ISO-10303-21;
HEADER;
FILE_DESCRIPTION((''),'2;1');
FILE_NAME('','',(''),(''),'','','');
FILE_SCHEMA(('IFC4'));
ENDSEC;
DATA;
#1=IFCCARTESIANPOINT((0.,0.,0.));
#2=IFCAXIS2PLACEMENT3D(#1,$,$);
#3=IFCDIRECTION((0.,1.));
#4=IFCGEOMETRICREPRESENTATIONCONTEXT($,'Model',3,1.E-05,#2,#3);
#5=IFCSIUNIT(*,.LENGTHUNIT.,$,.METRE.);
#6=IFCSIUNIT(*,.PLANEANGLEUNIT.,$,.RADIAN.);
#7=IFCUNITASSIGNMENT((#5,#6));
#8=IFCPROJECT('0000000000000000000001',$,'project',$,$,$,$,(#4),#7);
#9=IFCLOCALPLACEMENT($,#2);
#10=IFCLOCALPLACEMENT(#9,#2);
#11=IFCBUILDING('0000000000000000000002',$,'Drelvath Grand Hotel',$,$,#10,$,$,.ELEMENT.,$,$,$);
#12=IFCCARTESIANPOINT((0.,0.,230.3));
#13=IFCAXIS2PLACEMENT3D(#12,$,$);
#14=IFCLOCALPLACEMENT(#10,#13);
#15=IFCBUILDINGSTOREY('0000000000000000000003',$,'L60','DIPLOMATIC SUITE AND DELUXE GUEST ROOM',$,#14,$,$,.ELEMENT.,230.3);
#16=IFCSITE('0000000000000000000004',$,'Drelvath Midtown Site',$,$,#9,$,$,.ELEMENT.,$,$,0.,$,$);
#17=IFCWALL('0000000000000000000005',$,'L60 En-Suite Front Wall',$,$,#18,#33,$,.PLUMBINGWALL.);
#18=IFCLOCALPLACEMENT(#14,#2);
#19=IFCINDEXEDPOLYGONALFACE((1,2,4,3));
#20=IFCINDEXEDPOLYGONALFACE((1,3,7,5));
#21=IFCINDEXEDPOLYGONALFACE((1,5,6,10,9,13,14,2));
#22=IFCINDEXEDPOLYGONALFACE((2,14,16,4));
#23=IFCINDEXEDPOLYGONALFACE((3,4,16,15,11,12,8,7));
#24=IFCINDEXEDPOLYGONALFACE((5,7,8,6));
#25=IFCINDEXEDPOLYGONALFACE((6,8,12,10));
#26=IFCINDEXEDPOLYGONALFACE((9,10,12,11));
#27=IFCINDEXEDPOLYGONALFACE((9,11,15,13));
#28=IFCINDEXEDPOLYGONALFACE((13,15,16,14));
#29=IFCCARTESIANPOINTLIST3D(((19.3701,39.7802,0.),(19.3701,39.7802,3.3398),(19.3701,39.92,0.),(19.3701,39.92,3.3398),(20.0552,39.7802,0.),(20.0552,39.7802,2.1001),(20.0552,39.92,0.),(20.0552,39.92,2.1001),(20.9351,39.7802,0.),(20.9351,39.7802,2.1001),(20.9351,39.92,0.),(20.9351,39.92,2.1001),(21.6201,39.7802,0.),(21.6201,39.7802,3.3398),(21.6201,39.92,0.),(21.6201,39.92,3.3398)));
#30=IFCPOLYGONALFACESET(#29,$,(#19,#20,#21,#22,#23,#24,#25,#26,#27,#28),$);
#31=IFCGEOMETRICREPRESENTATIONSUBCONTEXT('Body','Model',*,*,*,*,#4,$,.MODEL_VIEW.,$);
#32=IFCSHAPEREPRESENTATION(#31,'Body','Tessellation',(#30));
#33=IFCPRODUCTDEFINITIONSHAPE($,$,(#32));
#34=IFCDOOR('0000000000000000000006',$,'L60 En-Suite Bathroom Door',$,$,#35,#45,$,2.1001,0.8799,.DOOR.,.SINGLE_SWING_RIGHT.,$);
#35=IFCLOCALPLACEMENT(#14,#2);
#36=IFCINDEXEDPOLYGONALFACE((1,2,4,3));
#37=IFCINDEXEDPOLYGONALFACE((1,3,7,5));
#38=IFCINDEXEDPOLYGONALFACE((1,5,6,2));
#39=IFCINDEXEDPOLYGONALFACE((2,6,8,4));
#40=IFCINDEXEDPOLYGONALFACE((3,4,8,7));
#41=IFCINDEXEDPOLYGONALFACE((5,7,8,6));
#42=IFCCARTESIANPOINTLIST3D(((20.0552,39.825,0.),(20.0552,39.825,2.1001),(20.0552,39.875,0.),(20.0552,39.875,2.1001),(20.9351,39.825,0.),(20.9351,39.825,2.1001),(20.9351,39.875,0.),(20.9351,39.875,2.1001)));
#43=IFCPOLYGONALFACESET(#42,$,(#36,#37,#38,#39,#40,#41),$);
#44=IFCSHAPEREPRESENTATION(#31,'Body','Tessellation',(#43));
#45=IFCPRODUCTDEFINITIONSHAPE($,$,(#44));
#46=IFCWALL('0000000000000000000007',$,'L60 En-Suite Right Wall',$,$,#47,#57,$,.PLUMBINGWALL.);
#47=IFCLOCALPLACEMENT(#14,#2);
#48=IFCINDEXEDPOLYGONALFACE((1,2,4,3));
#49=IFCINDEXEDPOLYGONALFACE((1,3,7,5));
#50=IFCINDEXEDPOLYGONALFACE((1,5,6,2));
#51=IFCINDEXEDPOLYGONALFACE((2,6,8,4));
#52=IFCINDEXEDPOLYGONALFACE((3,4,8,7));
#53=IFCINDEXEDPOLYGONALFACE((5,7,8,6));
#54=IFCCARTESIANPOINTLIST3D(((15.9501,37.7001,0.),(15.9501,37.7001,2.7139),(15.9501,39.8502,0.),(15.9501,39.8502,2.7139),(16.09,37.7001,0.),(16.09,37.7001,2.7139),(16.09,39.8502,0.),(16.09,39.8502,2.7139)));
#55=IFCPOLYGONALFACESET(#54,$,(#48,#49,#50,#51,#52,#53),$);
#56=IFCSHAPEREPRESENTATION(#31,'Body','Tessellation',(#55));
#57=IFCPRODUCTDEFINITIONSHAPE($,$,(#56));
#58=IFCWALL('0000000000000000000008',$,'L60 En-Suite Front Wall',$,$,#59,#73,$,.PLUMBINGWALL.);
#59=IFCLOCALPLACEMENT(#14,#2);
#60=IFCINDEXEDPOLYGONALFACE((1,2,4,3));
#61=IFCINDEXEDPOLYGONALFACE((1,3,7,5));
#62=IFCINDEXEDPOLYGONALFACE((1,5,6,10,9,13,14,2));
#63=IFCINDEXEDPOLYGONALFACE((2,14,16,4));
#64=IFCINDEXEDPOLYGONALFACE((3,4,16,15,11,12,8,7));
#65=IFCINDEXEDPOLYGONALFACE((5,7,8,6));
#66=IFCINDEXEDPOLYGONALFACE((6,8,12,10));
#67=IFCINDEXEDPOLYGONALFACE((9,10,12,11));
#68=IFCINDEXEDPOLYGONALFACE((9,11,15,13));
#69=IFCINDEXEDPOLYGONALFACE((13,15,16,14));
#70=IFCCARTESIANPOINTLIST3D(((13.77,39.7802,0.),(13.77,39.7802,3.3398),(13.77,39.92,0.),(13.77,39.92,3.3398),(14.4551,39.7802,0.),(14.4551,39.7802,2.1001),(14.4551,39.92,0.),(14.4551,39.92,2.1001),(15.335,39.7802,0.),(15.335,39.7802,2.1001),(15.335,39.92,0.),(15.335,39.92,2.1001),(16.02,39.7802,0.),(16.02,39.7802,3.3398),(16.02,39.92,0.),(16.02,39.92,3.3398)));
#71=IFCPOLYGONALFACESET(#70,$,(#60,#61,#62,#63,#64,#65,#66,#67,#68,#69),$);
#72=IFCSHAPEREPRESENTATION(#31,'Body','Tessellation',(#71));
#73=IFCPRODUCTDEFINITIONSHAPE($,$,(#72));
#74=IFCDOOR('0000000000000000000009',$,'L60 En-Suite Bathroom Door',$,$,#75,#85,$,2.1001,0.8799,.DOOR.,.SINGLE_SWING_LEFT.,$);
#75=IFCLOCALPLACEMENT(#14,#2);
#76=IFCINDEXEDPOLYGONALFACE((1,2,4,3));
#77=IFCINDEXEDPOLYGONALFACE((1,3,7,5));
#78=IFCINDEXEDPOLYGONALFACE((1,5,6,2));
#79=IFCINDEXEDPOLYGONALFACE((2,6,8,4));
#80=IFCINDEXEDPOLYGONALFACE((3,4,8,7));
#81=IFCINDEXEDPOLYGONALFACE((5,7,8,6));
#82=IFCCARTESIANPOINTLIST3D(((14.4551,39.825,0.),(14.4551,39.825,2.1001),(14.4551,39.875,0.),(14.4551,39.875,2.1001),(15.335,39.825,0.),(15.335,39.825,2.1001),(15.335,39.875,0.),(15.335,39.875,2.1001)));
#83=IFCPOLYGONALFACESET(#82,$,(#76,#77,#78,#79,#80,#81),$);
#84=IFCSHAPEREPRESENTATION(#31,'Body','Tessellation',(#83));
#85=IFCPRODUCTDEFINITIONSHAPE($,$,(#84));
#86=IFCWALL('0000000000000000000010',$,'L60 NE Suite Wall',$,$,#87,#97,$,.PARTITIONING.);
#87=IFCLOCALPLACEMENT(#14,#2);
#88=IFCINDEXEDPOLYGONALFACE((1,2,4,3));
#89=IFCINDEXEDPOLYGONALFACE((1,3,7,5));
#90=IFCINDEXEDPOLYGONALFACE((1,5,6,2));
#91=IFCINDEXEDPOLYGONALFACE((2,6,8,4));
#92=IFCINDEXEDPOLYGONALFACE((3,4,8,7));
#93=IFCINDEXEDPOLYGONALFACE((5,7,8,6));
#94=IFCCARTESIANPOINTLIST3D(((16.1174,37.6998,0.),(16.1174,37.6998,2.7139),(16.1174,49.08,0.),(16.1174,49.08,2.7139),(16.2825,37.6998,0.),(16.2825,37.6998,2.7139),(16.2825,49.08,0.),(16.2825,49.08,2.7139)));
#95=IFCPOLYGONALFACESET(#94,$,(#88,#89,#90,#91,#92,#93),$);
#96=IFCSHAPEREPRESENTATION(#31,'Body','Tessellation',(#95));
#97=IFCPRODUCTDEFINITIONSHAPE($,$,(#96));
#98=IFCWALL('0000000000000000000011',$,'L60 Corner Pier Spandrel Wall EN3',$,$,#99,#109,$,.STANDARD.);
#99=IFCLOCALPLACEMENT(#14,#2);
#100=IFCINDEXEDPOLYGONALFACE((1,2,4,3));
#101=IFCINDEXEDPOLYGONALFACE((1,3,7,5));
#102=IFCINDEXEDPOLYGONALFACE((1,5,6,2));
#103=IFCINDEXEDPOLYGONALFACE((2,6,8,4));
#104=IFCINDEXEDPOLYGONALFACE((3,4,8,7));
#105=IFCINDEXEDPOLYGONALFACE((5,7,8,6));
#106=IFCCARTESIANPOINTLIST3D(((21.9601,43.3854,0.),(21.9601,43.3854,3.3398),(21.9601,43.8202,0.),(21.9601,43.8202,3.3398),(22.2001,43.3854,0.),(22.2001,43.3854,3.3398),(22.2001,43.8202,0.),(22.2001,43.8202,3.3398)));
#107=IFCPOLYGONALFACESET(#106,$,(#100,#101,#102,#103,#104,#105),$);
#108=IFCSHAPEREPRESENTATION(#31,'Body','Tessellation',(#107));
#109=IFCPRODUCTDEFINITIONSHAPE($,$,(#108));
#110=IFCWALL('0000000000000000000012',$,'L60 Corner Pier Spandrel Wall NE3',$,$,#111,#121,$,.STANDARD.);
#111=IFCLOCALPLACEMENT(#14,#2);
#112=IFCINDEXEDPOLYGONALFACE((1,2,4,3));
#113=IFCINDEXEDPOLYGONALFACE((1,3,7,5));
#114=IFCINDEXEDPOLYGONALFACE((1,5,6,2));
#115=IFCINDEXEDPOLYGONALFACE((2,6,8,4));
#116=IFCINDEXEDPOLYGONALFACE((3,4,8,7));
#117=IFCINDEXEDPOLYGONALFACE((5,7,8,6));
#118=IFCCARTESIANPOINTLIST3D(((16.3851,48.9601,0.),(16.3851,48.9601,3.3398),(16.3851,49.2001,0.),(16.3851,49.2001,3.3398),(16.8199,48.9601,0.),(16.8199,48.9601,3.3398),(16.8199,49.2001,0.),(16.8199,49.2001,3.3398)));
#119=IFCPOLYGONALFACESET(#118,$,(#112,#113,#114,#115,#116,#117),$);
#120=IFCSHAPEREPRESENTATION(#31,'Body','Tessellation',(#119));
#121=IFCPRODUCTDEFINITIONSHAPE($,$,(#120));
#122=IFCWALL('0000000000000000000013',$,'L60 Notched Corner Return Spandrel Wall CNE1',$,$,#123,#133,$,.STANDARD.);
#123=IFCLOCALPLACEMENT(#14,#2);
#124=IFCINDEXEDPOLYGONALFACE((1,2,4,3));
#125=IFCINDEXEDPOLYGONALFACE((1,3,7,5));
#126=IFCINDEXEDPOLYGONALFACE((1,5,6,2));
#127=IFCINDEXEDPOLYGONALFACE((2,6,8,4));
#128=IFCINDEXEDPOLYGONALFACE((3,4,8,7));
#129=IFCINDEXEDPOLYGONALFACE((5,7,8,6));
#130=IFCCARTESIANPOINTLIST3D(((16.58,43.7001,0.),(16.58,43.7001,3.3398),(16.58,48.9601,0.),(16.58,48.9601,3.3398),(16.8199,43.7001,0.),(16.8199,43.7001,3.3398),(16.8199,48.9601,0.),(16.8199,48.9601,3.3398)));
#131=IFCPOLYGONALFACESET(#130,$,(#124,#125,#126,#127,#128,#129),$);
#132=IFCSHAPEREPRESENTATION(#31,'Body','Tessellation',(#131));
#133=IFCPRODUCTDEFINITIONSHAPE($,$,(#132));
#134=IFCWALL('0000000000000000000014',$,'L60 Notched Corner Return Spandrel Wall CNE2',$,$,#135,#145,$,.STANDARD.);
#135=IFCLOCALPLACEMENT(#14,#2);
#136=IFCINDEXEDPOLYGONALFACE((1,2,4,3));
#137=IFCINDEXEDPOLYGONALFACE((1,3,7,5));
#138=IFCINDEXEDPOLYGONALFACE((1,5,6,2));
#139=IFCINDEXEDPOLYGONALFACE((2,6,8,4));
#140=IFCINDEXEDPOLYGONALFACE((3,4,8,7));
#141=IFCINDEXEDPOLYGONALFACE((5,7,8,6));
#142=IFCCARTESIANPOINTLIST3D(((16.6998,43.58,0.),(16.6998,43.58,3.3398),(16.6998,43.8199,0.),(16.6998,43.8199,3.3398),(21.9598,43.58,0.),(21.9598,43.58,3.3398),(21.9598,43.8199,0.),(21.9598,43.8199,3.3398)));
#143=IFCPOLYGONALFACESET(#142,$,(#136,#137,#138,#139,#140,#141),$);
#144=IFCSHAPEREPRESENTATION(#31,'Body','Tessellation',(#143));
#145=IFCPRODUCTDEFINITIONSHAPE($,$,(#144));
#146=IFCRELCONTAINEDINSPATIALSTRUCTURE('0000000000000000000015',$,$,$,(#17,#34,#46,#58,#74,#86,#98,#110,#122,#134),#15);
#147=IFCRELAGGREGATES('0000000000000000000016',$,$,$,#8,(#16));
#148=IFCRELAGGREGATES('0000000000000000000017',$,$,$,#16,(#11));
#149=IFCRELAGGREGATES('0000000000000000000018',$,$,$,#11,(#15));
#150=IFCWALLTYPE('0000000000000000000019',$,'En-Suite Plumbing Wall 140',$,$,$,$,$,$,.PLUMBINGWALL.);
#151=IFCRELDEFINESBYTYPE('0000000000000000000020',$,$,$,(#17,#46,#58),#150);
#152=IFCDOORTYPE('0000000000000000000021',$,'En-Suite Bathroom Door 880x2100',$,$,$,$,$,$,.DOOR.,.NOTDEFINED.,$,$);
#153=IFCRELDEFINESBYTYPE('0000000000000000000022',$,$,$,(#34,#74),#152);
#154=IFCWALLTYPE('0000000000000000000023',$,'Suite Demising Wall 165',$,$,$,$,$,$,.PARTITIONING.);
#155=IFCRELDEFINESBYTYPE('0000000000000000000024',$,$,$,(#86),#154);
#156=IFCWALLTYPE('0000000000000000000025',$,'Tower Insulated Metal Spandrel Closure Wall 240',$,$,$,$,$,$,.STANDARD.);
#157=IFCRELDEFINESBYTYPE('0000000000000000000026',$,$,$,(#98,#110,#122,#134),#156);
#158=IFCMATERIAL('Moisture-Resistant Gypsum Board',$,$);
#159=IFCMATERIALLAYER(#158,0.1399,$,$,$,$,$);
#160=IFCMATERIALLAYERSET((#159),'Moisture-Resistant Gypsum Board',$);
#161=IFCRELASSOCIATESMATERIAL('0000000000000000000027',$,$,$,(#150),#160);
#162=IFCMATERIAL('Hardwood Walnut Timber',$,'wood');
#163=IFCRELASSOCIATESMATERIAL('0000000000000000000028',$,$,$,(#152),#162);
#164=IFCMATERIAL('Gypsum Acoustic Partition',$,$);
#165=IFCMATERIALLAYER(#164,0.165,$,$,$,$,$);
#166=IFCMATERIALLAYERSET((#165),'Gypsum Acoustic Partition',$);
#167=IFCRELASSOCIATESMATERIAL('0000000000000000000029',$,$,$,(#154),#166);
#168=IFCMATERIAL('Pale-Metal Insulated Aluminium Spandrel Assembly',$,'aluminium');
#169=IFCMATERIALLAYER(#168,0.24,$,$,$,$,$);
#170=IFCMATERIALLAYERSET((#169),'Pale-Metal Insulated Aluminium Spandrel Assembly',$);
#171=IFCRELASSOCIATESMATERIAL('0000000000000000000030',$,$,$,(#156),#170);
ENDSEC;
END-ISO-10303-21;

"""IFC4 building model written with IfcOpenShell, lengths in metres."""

from ifc_helpers import new_model, si_unit, direction, frame, frame_2d, origin, place, context, subcontext, project, spatial, rectangle, extrude, material, layer, layer_set, type_object, element, fill, save


model = new_model("IFC4")

# Units and contexts
model_context = context("Model", 3, precision=1e-05, world=origin(), true_north=direction((0.0, 1.0)))
body_context = subcontext(model_context, "Body", "Model", "MODEL_VIEW")
ifc_project = project(units=[si_unit("LENGTHUNIT", "METRE"), si_unit("PLANEANGLEUNIT", "RADIAN")], contexts=[model_context])

# Site, building, storey
site_placement = place(None, origin())
site = spatial("IfcSite", under=ifc_project, at=site_placement, Name="Drelvath Midtown Site", CompositionType="ELEMENT", RefElevation=0.0)
building_placement = place(site_placement, origin())
building = spatial("IfcBuilding", under=site, at=building_placement, Name="Drelvath Grand Hotel", CompositionType="ELEMENT")
storey_placement = place(building_placement, frame((0.0, 0.0, 230.3)))
storey = spatial("IfcBuildingStorey", under=building, at=storey_placement, Name="L60", Description="DIPLOMATIC SUITE AND DELUXE GUEST ROOM", CompositionType="ELEMENT", Elevation=230.3)

# Shared definitions
ifc_material_1 = material(Name="Moisture-Resistant Gypsum Board")
ifc_layer_1 = layer(ifc_material_1, 0.1399)
ifc_layer_set_1 = layer_set([ifc_layer_1], Name="Moisture-Resistant Gypsum Board")
wall_type_1 = type_object("IfcWallType", Name="En-Suite Plumbing Wall 140", PredefinedType="PLUMBINGWALL", material=ifc_layer_set_1)

# Wall, opening, door
wall_1_placement = place(storey_placement, frame((19.3701, 39.8501, 0.0), z_axis=(0.0, 0.0, 1.0), x_axis=(1.0, 0.0, 0.0)))
wall_1 = element("IfcWall", 1, at=wall_1_placement, inside=storey, type_object=wall_type_1, Name="L60 En-Suite Front Wall", PredefinedType="PLUMBINGWALL", context=body_context, shape_type="SweptSolid", body=[
    extrude(rectangle(XDim=2.25, YDim=0.1399, at=frame_2d((1.125, 0.0))), origin(), (0.0, 0.0, 1.0), 3.3398),
])
opening_1_placement = place(wall_1_placement, frame((0.6851, 0.0, 0.0)))
opening_1 = element("IfcOpeningElement", 2, at=opening_1_placement, cuts=wall_1, PredefinedType="OPENING", context=body_context, shape_type="SweptSolid", body=[
    extrude(rectangle(XDim=0.8799, YDim=2.1001, at=frame_2d((0.4399, 1.05))), frame((0.0, 0.0798, 0.0), z_axis=(0.0, -1.0, 0.0), x_axis=(1.0, 0.0, 0.0)), (0.0, 0.0, 1.0), 0.1599),
])
ifc_material_2 = material(Name="Hardwood Walnut Timber", Category="wood")
door_type = type_object("IfcDoorType", Name="En-Suite Bathroom Door 880x2100", OperationType="NOTDEFINED", PredefinedType="DOOR", material=ifc_material_2)
door_1_placement = place(opening_1_placement, origin())
door_1 = element("IfcDoor", 3, at=door_1_placement, inside=storey, type_object=door_type, Name="L60 En-Suite Bathroom Door", OperationType="SINGLE_SWING_RIGHT", OverallHeight=2.1001, OverallWidth=0.8799, PredefinedType="DOOR", context=body_context, shape_type="SweptSolid", body=[
    extrude(rectangle(XDim=0.8799, YDim=2.1001, at=frame_2d((0.4399, 1.05))), frame((0.0, 0.0249, 0.0), z_axis=(0.0, -1.0, 0.0), x_axis=(1.0, 0.0, 0.0)), (0.0, 0.0, 1.0), 0.05),
])
fill(opening_1, door_1)

# Wall
wall_2_placement = place(storey_placement, frame((16.02, 37.7, 0.0), z_axis=(0.0, 0.0, 1.0), x_axis=(0.0, 1.0, 0.0)))
element("IfcWall", 4, at=wall_2_placement, inside=storey, type_object=wall_type_1, Name="L60 En-Suite Right Wall", PredefinedType="PLUMBINGWALL", context=body_context, shape_type="SweptSolid", body=[
    extrude(rectangle(XDim=2.1501, YDim=0.1399, at=frame_2d((1.0752, 0.0))), origin(), (0.0, 0.0, 1.0), 2.7139),
])

# Wall, opening, door
wall_3_placement = place(storey_placement, frame((13.77, 39.8501, 0.0), z_axis=(0.0, 0.0, 1.0), x_axis=(1.0, 0.0, 0.0)))
wall_3 = element("IfcWall", 5, at=wall_3_placement, inside=storey, type_object=wall_type_1, Name="L60 En-Suite Front Wall", PredefinedType="PLUMBINGWALL", context=body_context, shape_type="SweptSolid", body=[
    extrude(rectangle(XDim=2.25, YDim=0.1399, at=frame_2d((1.125, 0.0))), origin(), (0.0, 0.0, 1.0), 3.3398),
])
opening_2_placement = place(wall_3_placement, frame((0.6851, 0.0, 0.0)))
opening_2 = element("IfcOpeningElement", 6, at=opening_2_placement, cuts=wall_3, PredefinedType="OPENING", context=body_context, shape_type="SweptSolid", body=[
    extrude(rectangle(XDim=0.8799, YDim=2.1001, at=frame_2d((0.4399, 1.05))), frame((0.0, 0.0798, 0.0), z_axis=(0.0, -1.0, 0.0), x_axis=(1.0, 0.0, 0.0)), (0.0, 0.0, 1.0), 0.1599),
])
door_2_placement = place(opening_2_placement, origin())
door_2 = element("IfcDoor", 7, at=door_2_placement, inside=storey, type_object=door_type, Name="L60 En-Suite Bathroom Door", OperationType="SINGLE_SWING_LEFT", OverallHeight=2.1001, OverallWidth=0.8799, PredefinedType="DOOR", context=body_context, shape_type="SweptSolid", body=[
    extrude(rectangle(XDim=0.8799, YDim=2.1001, at=frame_2d((0.4399, 1.05))), frame((0.0, 0.0249, 0.0), z_axis=(0.0, -1.0, 0.0), x_axis=(1.0, 0.0, 0.0)), (0.0, 0.0, 1.0), 0.05),
])
fill(opening_2, door_2)

# Walls
ifc_material_3 = material(Name="Gypsum Acoustic Partition")
ifc_layer_2 = layer(ifc_material_3, 0.165)
ifc_layer_set_2 = layer_set([ifc_layer_2], Name="Gypsum Acoustic Partition")
wall_type_2 = type_object("IfcWallType", Name="Suite Demising Wall 165", PredefinedType="PARTITIONING", material=ifc_layer_set_2)
wall_4_placement = place(storey_placement, frame((16.2, 37.7, 0.0), z_axis=(0.0, 0.0, 1.0), x_axis=(0.0, 1.0, 0.0)))
element("IfcWall", 8, at=wall_4_placement, inside=storey, type_object=wall_type_2, Name="L60 NE Suite Wall", PredefinedType="PARTITIONING", context=body_context, shape_type="SweptSolid", body=[
    extrude(rectangle(XDim=11.3801, YDim=0.165, at=frame_2d((5.6899, 0.0))), origin(), (0.0, 0.0, 1.0), 2.7139),
])
ifc_material_4 = material(Name="Pale-Metal Insulated Aluminium Spandrel Assembly", Category="aluminium")
ifc_layer_3 = layer(ifc_material_4, 0.24)
ifc_layer_set_3 = layer_set([ifc_layer_3], Name="Pale-Metal Insulated Aluminium Spandrel Assembly")
wall_type_3 = type_object("IfcWallType", Name="Tower Insulated Metal Spandrel Closure Wall 240", PredefinedType="STANDARD", material=ifc_layer_set_3)
for number, where, z_axis, x_axis, name in (
    (9, (22.0801, 43.8201, 0.0), (0.0, 0.0, 1.0), (0.0, -1.0, 0.0), "L60 Corner Pier Spandrel Wall EN3"),
    (10, (16.3853, 49.0801, 0.0), (0.0, 0.0, 1.0), (1.0, 0.0, 0.0), "L60 Corner Pier Spandrel Wall NE3"),
):
    element("IfcWall", number, at=place(storey_placement, frame(where, z_axis=z_axis, x_axis=x_axis)), inside=storey, type_object=wall_type_3, Name=name, PredefinedType="STANDARD", context=body_context, shape_type="SweptSolid", body=[
        extrude(rectangle(XDim=0.4348, YDim=0.24, at=frame_2d((0.2173, 0.0))), origin(), (0.0, 0.0, 1.0), 3.3398),
    ])
for number, where, z_axis, x_axis, name in (
    (11, (16.7, 48.96, 0.0), (0.0, 0.0, 1.0), (0.0, -1.0, 0.0), "L60 Notched Corner Return Spandrel Wall CNE1"),
    (12, (16.7, 43.7, 0.0), (0.0, 0.0, 1.0), (1.0, 0.0, 0.0), "L60 Notched Corner Return Spandrel Wall CNE2"),
):
    element("IfcWall", number, at=place(storey_placement, frame(where, z_axis=z_axis, x_axis=x_axis)), inside=storey, type_object=wall_type_3, Name=name, PredefinedType="STANDARD", context=body_context, shape_type="SweptSolid", body=[
        extrude(rectangle(XDim=5.26, YDim=0.24, at=frame_2d((2.6299, 0.0))), origin(), (0.0, 0.0, 1.0), 3.3398),
    ])

save(model, "model.ifc")
